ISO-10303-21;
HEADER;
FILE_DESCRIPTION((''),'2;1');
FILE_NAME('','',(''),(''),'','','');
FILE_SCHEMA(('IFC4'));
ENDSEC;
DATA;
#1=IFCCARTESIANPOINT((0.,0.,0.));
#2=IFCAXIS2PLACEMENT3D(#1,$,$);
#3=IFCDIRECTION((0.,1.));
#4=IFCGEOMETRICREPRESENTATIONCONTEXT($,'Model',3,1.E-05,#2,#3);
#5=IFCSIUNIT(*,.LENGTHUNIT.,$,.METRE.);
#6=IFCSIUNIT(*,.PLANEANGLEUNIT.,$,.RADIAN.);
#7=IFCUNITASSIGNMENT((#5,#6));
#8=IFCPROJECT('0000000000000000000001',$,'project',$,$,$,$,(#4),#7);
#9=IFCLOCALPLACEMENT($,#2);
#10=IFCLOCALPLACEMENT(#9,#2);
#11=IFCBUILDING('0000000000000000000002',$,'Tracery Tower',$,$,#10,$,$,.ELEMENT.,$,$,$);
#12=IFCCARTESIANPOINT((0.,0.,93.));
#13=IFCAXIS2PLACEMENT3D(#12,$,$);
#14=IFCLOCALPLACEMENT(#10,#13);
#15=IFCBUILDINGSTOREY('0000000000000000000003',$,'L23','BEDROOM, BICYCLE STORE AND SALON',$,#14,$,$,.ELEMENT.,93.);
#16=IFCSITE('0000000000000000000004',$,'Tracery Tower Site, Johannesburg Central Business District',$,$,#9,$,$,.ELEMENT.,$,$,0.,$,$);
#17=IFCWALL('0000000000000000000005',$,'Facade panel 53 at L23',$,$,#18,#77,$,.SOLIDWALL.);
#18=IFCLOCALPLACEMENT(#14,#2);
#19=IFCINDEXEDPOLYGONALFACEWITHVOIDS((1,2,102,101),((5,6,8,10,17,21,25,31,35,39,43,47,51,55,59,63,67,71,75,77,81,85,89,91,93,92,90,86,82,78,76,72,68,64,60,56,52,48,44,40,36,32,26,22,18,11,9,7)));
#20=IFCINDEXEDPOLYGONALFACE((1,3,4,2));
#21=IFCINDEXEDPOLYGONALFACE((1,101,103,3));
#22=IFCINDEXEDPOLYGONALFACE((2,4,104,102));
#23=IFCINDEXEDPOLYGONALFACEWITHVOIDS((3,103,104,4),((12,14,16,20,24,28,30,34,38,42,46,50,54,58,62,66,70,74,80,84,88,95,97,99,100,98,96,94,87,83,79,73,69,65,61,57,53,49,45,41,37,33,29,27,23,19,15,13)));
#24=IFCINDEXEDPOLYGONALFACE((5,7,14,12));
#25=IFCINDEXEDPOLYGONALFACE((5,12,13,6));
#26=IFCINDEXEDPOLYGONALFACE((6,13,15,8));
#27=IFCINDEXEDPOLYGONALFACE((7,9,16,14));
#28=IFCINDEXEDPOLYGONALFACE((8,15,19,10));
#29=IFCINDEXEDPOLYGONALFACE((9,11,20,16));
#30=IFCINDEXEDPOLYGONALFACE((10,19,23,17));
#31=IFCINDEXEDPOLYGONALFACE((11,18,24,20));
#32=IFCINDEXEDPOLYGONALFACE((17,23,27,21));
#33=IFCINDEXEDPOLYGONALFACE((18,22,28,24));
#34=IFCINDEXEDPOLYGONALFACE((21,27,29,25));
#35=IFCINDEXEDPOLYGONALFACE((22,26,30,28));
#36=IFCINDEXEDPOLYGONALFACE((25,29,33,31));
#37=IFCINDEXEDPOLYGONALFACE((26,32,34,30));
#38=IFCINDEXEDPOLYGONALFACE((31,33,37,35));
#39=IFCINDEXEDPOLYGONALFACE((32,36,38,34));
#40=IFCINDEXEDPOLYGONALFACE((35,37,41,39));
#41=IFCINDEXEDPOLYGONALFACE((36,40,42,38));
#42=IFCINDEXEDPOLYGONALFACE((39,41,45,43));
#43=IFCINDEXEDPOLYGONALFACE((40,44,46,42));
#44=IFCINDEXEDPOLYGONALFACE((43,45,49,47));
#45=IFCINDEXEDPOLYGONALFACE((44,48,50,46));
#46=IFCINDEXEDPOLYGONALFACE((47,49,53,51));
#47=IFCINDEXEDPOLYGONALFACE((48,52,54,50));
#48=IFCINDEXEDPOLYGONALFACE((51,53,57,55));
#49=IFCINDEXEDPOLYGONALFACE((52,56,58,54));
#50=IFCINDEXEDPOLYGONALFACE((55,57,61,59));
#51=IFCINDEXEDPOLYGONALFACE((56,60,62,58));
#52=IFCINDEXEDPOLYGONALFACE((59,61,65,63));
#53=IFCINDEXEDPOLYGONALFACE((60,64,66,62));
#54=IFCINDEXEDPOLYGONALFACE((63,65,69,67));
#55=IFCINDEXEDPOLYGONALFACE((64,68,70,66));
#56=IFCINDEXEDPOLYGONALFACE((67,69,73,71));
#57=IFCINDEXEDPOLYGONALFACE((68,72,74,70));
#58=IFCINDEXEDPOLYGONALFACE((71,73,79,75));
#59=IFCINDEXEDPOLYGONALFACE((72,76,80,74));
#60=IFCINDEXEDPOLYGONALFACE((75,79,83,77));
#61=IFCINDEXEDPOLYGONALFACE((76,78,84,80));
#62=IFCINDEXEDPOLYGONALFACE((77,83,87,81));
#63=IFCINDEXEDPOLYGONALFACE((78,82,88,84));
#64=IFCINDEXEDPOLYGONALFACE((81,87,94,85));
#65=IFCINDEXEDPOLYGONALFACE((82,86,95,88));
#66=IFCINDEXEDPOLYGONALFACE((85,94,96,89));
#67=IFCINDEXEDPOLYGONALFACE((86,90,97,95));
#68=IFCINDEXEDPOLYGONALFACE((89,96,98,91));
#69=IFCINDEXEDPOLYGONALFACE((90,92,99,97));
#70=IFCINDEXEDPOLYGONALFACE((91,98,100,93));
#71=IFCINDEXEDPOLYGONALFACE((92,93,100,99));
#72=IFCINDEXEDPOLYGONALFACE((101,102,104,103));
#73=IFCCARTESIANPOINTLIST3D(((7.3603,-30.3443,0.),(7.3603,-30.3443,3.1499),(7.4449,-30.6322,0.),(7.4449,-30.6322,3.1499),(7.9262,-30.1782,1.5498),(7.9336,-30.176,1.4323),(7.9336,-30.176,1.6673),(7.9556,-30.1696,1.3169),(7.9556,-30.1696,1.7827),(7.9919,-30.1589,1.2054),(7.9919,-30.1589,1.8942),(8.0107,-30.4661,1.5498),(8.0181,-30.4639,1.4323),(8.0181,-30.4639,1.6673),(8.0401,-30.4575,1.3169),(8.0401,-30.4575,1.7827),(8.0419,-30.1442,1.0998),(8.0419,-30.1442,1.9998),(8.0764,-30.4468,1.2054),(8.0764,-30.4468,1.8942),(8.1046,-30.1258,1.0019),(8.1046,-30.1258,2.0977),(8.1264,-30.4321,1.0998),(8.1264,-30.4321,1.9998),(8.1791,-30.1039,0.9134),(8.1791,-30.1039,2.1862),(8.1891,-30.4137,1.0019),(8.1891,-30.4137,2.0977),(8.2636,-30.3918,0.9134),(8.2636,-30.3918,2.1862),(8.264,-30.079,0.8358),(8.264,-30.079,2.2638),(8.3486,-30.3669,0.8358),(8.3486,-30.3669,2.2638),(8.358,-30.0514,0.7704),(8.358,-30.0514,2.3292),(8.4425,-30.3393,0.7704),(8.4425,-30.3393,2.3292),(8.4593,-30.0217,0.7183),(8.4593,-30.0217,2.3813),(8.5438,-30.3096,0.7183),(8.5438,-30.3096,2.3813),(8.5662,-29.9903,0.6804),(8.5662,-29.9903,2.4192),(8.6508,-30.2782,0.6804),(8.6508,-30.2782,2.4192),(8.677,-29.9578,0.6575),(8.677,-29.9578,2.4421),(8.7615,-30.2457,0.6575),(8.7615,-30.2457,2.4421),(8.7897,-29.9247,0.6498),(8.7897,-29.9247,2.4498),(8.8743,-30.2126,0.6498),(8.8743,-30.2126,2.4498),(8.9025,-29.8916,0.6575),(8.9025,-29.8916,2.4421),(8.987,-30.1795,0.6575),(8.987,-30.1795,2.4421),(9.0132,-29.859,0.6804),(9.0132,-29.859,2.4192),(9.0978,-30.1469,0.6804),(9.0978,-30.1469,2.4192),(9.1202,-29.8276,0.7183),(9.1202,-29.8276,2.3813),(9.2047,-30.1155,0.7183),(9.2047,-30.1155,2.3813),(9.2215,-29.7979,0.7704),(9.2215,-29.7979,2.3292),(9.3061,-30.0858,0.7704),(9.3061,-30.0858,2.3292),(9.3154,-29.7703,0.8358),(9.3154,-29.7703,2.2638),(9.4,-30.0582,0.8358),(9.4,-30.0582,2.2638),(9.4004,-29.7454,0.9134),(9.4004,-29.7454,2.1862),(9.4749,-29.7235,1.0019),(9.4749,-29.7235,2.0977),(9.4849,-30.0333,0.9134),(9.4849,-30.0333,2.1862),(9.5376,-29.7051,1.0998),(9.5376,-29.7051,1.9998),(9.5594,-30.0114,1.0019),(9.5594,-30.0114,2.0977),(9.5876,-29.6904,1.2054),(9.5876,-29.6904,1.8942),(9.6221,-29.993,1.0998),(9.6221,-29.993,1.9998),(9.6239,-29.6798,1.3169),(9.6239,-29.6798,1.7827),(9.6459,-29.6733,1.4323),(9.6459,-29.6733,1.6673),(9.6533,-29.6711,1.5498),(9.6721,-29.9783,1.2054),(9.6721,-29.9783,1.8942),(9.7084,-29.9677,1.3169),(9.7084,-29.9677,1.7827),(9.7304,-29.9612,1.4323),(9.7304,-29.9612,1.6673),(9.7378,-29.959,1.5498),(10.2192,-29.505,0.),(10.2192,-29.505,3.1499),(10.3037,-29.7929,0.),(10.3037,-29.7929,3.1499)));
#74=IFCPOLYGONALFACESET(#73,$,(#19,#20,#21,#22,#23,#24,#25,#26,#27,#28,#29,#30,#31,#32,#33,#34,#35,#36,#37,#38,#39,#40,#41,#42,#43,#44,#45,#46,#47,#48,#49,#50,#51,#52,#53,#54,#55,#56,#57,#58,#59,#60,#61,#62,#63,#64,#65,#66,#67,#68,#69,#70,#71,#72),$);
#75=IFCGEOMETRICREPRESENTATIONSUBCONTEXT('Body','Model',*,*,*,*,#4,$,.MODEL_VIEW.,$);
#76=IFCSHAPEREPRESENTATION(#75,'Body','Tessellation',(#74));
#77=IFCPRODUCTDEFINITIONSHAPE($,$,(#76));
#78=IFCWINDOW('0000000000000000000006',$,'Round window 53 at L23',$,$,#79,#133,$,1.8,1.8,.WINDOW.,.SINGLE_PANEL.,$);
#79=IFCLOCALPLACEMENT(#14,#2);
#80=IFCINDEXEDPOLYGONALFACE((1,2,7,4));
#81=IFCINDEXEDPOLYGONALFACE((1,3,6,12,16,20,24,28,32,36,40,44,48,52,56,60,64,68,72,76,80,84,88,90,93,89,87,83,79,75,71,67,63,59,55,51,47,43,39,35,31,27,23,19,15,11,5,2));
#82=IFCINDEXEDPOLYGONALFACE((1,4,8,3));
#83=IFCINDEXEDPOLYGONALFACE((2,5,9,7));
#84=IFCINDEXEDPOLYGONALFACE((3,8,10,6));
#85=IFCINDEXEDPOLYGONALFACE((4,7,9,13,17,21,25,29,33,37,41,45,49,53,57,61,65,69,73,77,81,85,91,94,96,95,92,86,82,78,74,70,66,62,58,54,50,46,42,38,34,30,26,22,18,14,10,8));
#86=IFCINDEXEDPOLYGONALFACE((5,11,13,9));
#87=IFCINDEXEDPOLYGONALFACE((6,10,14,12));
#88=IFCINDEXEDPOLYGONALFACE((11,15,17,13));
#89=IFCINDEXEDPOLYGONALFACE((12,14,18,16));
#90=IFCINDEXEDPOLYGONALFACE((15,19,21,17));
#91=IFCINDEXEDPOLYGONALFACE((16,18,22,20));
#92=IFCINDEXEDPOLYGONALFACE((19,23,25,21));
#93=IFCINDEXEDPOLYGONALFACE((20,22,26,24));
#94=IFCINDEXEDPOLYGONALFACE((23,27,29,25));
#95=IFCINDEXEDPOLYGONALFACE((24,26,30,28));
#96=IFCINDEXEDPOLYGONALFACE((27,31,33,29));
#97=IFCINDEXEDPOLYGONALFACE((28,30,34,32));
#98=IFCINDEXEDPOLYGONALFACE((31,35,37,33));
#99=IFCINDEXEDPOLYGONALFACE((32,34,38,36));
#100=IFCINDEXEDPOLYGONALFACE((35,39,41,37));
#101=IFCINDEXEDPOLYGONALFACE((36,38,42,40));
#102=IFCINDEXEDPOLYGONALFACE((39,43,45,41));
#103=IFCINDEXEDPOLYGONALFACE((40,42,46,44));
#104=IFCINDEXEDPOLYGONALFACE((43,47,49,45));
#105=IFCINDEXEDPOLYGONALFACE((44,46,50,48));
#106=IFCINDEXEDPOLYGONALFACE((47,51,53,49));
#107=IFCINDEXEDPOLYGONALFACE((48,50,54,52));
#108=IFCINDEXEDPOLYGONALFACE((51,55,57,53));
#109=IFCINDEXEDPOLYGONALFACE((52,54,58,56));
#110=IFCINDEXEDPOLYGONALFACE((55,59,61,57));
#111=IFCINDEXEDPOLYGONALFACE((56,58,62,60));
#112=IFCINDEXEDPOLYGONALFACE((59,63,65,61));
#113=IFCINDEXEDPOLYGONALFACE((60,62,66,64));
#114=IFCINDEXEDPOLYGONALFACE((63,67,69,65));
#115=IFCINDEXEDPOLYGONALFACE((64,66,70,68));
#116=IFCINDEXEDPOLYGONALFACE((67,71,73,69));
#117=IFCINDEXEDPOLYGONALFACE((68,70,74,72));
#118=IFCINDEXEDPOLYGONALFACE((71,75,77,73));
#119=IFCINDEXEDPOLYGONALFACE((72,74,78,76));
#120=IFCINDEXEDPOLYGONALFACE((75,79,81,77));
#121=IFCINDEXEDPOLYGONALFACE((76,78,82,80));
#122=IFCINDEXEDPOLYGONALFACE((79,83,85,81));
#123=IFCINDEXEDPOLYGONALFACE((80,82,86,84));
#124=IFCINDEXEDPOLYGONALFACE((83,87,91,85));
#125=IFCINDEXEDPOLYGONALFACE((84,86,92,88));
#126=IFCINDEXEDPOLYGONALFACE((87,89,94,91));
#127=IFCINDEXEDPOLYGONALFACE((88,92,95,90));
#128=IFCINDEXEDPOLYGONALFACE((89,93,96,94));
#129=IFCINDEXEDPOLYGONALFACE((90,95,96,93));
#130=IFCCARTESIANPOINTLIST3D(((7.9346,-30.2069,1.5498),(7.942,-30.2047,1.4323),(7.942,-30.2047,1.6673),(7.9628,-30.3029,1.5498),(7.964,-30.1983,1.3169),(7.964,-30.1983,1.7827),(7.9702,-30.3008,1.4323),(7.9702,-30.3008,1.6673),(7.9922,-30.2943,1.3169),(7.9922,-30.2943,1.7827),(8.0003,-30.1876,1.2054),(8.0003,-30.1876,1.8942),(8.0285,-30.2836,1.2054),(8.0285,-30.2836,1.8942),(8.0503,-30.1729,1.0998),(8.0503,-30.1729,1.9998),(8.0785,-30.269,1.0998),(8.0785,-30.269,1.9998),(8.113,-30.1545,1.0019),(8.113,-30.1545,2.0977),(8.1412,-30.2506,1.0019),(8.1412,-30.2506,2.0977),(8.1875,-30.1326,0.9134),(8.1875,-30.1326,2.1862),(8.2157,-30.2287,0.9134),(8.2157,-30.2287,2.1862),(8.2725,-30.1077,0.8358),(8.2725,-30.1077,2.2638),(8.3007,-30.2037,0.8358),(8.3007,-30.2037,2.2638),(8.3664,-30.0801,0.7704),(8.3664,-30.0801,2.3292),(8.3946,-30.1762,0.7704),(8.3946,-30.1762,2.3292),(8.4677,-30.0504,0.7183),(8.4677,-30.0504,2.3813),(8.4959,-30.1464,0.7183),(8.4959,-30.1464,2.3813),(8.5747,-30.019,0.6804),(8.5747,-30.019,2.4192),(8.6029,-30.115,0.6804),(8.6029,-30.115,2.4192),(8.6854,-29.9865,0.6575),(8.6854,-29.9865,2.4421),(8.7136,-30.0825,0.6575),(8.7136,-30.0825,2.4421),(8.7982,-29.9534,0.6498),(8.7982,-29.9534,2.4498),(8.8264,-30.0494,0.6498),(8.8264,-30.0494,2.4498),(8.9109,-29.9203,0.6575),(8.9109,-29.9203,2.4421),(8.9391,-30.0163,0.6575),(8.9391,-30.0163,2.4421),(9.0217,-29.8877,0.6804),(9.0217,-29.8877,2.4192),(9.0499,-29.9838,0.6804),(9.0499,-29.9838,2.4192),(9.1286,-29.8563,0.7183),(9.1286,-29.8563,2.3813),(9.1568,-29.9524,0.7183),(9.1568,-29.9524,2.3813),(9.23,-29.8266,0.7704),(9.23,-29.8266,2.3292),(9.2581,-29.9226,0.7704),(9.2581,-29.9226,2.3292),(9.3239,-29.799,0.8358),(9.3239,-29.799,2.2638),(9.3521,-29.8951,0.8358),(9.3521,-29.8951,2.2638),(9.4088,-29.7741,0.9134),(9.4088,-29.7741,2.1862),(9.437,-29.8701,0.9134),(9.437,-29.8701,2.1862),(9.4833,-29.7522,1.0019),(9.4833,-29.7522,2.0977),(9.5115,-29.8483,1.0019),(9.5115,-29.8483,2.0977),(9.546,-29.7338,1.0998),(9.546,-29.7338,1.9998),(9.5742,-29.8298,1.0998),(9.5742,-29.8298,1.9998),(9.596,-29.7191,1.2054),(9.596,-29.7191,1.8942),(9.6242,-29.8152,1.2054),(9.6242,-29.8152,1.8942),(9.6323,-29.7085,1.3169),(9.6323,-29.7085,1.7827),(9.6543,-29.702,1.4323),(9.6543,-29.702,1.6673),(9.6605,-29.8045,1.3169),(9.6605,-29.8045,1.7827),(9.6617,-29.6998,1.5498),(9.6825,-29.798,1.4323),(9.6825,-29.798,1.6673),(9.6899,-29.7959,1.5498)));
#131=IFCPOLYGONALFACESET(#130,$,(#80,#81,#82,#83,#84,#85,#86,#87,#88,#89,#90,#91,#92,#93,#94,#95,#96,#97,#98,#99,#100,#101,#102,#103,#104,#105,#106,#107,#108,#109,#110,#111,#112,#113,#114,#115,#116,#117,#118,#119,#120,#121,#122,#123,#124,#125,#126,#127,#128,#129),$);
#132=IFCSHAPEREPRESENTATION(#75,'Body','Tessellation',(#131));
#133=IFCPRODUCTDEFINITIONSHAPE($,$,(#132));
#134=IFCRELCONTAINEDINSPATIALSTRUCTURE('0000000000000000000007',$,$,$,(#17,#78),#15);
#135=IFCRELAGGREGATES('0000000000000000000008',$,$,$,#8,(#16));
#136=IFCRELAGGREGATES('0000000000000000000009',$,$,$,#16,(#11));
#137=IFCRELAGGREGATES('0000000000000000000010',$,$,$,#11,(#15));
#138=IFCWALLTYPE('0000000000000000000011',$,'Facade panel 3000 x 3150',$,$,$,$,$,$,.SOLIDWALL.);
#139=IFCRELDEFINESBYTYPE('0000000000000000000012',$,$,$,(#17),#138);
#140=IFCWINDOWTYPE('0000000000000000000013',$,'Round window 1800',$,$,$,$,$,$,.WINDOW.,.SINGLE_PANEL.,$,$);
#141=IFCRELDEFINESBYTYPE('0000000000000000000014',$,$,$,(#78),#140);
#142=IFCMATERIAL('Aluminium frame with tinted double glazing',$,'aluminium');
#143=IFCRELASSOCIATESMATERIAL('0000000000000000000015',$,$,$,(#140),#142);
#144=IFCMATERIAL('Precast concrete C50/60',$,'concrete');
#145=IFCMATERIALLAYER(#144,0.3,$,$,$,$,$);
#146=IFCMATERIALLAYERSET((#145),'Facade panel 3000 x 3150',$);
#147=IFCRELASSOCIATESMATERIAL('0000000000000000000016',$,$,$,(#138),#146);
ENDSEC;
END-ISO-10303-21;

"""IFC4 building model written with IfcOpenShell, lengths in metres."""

from ifc_helpers import new_model, si_unit, direction, frame, frame_2d, origin, origin_2d, place, context, subcontext, project, spatial, rectangle, circle, extrude, material, layer, layer_set, type_object, element, fill, save


model = new_model("IFC4")

# Units and contexts
model_context = context("Model", 3, precision=1e-05, world=origin(), true_north=direction((0.0, 1.0)))
body_context = subcontext(model_context, "Body", "Model", "MODEL_VIEW")
ifc_project = project(units=[si_unit("LENGTHUNIT", "METRE"), si_unit("PLANEANGLEUNIT", "RADIAN")], contexts=[model_context])

# Site, building, storey
site_placement = place(None, origin())
site = spatial("IfcSite", under=ifc_project, at=site_placement, Name="Tracery Tower Site, Johannesburg Central Business District", CompositionType="ELEMENT", RefElevation=0.0)
building_placement = place(site_placement, origin())
building = spatial("IfcBuilding", under=site, at=building_placement, Name="Tracery Tower", CompositionType="ELEMENT")
storey_placement = place(building_placement, frame((0.0, 0.0, 93.0)))
storey = spatial("IfcBuildingStorey", under=building, at=storey_placement, Name="L23", Description="BEDROOM, BICYCLE STORE AND SALON", CompositionType="ELEMENT", Elevation=93.0)

# Wall, opening, window
ifc_material_1 = material(Name="Aluminium frame with tinted double glazing", Category="aluminium")
window_type = type_object("IfcWindowType", Name="Round window 1800", PartitioningType="SINGLE_PANEL", PredefinedType="WINDOW", material=ifc_material_1)
ifc_material_2 = material(Name="Precast concrete C50/60", Category="concrete")
ifc_layer_1 = layer(ifc_material_2, 0.3)
ifc_layer_set_1 = layer_set([ifc_layer_1], Name="Facade panel 3000 x 3150")
wall_type_1 = type_object("IfcWallType", Name="Facade panel 3000 x 3150", PredefinedType="SOLIDWALL", material=ifc_layer_set_1)
wall_1_placement = place(storey_placement, frame((7.4026, -30.4883, 0.0), z_axis=(0.0, 0.0, 1.0), x_axis=(0.959501, 0.281705, 0.0)))
wall_1 = element("IfcWall", 1, at=wall_1_placement, inside=storey, type_object=wall_type_1, Name="Facade panel 53 at L23", PredefinedType="SOLIDWALL", context=body_context, shape_type="SweptSolid", body=[
    extrude(rectangle(XDim=2.9795, YDim=0.3, at=frame_2d((1.4897, 0.0))), origin(), (0.0, 0.0, 1.0), 3.1499),
])
opening_1_placement = place(wall_1_placement, frame((1.4897, 0.0, 1.5498)))
opening_1 = element("IfcOpeningElement", 2, at=opening_1_placement, cuts=wall_1, PredefinedType="OPENING", context=body_context, shape_type="SweptSolid", body=[
    extrude(circle(Radius=0.9, at=origin_2d()), frame((0.0, 0.1599, 0.0), z_axis=(0.0, -1.0, 0.0), x_axis=(1.0, 0.0, 0.0)), (0.0, 0.0, 1.0), 0.3201),
])
window_1_placement = place(opening_1_placement, origin())
window_1 = element("IfcWindow", 3, at=window_1_placement, inside=storey, type_object=window_type, Name="Round window 53 at L23", OverallHeight=1.8, OverallWidth=1.8, PartitioningType="SINGLE_PANEL", PredefinedType="WINDOW", context=body_context, shape_type="SweptSolid", body=[
    extrude(circle(Radius=0.9, at=origin_2d()), frame((0.0, 0.1201, 0.0), z_axis=(0.0, -1.0, 0.0), x_axis=(1.0, 0.0, 0.0)), (0.0, 0.0, 1.0), 0.1001),
])
fill(opening_1, window_1)

save(model, "model.ifc")
